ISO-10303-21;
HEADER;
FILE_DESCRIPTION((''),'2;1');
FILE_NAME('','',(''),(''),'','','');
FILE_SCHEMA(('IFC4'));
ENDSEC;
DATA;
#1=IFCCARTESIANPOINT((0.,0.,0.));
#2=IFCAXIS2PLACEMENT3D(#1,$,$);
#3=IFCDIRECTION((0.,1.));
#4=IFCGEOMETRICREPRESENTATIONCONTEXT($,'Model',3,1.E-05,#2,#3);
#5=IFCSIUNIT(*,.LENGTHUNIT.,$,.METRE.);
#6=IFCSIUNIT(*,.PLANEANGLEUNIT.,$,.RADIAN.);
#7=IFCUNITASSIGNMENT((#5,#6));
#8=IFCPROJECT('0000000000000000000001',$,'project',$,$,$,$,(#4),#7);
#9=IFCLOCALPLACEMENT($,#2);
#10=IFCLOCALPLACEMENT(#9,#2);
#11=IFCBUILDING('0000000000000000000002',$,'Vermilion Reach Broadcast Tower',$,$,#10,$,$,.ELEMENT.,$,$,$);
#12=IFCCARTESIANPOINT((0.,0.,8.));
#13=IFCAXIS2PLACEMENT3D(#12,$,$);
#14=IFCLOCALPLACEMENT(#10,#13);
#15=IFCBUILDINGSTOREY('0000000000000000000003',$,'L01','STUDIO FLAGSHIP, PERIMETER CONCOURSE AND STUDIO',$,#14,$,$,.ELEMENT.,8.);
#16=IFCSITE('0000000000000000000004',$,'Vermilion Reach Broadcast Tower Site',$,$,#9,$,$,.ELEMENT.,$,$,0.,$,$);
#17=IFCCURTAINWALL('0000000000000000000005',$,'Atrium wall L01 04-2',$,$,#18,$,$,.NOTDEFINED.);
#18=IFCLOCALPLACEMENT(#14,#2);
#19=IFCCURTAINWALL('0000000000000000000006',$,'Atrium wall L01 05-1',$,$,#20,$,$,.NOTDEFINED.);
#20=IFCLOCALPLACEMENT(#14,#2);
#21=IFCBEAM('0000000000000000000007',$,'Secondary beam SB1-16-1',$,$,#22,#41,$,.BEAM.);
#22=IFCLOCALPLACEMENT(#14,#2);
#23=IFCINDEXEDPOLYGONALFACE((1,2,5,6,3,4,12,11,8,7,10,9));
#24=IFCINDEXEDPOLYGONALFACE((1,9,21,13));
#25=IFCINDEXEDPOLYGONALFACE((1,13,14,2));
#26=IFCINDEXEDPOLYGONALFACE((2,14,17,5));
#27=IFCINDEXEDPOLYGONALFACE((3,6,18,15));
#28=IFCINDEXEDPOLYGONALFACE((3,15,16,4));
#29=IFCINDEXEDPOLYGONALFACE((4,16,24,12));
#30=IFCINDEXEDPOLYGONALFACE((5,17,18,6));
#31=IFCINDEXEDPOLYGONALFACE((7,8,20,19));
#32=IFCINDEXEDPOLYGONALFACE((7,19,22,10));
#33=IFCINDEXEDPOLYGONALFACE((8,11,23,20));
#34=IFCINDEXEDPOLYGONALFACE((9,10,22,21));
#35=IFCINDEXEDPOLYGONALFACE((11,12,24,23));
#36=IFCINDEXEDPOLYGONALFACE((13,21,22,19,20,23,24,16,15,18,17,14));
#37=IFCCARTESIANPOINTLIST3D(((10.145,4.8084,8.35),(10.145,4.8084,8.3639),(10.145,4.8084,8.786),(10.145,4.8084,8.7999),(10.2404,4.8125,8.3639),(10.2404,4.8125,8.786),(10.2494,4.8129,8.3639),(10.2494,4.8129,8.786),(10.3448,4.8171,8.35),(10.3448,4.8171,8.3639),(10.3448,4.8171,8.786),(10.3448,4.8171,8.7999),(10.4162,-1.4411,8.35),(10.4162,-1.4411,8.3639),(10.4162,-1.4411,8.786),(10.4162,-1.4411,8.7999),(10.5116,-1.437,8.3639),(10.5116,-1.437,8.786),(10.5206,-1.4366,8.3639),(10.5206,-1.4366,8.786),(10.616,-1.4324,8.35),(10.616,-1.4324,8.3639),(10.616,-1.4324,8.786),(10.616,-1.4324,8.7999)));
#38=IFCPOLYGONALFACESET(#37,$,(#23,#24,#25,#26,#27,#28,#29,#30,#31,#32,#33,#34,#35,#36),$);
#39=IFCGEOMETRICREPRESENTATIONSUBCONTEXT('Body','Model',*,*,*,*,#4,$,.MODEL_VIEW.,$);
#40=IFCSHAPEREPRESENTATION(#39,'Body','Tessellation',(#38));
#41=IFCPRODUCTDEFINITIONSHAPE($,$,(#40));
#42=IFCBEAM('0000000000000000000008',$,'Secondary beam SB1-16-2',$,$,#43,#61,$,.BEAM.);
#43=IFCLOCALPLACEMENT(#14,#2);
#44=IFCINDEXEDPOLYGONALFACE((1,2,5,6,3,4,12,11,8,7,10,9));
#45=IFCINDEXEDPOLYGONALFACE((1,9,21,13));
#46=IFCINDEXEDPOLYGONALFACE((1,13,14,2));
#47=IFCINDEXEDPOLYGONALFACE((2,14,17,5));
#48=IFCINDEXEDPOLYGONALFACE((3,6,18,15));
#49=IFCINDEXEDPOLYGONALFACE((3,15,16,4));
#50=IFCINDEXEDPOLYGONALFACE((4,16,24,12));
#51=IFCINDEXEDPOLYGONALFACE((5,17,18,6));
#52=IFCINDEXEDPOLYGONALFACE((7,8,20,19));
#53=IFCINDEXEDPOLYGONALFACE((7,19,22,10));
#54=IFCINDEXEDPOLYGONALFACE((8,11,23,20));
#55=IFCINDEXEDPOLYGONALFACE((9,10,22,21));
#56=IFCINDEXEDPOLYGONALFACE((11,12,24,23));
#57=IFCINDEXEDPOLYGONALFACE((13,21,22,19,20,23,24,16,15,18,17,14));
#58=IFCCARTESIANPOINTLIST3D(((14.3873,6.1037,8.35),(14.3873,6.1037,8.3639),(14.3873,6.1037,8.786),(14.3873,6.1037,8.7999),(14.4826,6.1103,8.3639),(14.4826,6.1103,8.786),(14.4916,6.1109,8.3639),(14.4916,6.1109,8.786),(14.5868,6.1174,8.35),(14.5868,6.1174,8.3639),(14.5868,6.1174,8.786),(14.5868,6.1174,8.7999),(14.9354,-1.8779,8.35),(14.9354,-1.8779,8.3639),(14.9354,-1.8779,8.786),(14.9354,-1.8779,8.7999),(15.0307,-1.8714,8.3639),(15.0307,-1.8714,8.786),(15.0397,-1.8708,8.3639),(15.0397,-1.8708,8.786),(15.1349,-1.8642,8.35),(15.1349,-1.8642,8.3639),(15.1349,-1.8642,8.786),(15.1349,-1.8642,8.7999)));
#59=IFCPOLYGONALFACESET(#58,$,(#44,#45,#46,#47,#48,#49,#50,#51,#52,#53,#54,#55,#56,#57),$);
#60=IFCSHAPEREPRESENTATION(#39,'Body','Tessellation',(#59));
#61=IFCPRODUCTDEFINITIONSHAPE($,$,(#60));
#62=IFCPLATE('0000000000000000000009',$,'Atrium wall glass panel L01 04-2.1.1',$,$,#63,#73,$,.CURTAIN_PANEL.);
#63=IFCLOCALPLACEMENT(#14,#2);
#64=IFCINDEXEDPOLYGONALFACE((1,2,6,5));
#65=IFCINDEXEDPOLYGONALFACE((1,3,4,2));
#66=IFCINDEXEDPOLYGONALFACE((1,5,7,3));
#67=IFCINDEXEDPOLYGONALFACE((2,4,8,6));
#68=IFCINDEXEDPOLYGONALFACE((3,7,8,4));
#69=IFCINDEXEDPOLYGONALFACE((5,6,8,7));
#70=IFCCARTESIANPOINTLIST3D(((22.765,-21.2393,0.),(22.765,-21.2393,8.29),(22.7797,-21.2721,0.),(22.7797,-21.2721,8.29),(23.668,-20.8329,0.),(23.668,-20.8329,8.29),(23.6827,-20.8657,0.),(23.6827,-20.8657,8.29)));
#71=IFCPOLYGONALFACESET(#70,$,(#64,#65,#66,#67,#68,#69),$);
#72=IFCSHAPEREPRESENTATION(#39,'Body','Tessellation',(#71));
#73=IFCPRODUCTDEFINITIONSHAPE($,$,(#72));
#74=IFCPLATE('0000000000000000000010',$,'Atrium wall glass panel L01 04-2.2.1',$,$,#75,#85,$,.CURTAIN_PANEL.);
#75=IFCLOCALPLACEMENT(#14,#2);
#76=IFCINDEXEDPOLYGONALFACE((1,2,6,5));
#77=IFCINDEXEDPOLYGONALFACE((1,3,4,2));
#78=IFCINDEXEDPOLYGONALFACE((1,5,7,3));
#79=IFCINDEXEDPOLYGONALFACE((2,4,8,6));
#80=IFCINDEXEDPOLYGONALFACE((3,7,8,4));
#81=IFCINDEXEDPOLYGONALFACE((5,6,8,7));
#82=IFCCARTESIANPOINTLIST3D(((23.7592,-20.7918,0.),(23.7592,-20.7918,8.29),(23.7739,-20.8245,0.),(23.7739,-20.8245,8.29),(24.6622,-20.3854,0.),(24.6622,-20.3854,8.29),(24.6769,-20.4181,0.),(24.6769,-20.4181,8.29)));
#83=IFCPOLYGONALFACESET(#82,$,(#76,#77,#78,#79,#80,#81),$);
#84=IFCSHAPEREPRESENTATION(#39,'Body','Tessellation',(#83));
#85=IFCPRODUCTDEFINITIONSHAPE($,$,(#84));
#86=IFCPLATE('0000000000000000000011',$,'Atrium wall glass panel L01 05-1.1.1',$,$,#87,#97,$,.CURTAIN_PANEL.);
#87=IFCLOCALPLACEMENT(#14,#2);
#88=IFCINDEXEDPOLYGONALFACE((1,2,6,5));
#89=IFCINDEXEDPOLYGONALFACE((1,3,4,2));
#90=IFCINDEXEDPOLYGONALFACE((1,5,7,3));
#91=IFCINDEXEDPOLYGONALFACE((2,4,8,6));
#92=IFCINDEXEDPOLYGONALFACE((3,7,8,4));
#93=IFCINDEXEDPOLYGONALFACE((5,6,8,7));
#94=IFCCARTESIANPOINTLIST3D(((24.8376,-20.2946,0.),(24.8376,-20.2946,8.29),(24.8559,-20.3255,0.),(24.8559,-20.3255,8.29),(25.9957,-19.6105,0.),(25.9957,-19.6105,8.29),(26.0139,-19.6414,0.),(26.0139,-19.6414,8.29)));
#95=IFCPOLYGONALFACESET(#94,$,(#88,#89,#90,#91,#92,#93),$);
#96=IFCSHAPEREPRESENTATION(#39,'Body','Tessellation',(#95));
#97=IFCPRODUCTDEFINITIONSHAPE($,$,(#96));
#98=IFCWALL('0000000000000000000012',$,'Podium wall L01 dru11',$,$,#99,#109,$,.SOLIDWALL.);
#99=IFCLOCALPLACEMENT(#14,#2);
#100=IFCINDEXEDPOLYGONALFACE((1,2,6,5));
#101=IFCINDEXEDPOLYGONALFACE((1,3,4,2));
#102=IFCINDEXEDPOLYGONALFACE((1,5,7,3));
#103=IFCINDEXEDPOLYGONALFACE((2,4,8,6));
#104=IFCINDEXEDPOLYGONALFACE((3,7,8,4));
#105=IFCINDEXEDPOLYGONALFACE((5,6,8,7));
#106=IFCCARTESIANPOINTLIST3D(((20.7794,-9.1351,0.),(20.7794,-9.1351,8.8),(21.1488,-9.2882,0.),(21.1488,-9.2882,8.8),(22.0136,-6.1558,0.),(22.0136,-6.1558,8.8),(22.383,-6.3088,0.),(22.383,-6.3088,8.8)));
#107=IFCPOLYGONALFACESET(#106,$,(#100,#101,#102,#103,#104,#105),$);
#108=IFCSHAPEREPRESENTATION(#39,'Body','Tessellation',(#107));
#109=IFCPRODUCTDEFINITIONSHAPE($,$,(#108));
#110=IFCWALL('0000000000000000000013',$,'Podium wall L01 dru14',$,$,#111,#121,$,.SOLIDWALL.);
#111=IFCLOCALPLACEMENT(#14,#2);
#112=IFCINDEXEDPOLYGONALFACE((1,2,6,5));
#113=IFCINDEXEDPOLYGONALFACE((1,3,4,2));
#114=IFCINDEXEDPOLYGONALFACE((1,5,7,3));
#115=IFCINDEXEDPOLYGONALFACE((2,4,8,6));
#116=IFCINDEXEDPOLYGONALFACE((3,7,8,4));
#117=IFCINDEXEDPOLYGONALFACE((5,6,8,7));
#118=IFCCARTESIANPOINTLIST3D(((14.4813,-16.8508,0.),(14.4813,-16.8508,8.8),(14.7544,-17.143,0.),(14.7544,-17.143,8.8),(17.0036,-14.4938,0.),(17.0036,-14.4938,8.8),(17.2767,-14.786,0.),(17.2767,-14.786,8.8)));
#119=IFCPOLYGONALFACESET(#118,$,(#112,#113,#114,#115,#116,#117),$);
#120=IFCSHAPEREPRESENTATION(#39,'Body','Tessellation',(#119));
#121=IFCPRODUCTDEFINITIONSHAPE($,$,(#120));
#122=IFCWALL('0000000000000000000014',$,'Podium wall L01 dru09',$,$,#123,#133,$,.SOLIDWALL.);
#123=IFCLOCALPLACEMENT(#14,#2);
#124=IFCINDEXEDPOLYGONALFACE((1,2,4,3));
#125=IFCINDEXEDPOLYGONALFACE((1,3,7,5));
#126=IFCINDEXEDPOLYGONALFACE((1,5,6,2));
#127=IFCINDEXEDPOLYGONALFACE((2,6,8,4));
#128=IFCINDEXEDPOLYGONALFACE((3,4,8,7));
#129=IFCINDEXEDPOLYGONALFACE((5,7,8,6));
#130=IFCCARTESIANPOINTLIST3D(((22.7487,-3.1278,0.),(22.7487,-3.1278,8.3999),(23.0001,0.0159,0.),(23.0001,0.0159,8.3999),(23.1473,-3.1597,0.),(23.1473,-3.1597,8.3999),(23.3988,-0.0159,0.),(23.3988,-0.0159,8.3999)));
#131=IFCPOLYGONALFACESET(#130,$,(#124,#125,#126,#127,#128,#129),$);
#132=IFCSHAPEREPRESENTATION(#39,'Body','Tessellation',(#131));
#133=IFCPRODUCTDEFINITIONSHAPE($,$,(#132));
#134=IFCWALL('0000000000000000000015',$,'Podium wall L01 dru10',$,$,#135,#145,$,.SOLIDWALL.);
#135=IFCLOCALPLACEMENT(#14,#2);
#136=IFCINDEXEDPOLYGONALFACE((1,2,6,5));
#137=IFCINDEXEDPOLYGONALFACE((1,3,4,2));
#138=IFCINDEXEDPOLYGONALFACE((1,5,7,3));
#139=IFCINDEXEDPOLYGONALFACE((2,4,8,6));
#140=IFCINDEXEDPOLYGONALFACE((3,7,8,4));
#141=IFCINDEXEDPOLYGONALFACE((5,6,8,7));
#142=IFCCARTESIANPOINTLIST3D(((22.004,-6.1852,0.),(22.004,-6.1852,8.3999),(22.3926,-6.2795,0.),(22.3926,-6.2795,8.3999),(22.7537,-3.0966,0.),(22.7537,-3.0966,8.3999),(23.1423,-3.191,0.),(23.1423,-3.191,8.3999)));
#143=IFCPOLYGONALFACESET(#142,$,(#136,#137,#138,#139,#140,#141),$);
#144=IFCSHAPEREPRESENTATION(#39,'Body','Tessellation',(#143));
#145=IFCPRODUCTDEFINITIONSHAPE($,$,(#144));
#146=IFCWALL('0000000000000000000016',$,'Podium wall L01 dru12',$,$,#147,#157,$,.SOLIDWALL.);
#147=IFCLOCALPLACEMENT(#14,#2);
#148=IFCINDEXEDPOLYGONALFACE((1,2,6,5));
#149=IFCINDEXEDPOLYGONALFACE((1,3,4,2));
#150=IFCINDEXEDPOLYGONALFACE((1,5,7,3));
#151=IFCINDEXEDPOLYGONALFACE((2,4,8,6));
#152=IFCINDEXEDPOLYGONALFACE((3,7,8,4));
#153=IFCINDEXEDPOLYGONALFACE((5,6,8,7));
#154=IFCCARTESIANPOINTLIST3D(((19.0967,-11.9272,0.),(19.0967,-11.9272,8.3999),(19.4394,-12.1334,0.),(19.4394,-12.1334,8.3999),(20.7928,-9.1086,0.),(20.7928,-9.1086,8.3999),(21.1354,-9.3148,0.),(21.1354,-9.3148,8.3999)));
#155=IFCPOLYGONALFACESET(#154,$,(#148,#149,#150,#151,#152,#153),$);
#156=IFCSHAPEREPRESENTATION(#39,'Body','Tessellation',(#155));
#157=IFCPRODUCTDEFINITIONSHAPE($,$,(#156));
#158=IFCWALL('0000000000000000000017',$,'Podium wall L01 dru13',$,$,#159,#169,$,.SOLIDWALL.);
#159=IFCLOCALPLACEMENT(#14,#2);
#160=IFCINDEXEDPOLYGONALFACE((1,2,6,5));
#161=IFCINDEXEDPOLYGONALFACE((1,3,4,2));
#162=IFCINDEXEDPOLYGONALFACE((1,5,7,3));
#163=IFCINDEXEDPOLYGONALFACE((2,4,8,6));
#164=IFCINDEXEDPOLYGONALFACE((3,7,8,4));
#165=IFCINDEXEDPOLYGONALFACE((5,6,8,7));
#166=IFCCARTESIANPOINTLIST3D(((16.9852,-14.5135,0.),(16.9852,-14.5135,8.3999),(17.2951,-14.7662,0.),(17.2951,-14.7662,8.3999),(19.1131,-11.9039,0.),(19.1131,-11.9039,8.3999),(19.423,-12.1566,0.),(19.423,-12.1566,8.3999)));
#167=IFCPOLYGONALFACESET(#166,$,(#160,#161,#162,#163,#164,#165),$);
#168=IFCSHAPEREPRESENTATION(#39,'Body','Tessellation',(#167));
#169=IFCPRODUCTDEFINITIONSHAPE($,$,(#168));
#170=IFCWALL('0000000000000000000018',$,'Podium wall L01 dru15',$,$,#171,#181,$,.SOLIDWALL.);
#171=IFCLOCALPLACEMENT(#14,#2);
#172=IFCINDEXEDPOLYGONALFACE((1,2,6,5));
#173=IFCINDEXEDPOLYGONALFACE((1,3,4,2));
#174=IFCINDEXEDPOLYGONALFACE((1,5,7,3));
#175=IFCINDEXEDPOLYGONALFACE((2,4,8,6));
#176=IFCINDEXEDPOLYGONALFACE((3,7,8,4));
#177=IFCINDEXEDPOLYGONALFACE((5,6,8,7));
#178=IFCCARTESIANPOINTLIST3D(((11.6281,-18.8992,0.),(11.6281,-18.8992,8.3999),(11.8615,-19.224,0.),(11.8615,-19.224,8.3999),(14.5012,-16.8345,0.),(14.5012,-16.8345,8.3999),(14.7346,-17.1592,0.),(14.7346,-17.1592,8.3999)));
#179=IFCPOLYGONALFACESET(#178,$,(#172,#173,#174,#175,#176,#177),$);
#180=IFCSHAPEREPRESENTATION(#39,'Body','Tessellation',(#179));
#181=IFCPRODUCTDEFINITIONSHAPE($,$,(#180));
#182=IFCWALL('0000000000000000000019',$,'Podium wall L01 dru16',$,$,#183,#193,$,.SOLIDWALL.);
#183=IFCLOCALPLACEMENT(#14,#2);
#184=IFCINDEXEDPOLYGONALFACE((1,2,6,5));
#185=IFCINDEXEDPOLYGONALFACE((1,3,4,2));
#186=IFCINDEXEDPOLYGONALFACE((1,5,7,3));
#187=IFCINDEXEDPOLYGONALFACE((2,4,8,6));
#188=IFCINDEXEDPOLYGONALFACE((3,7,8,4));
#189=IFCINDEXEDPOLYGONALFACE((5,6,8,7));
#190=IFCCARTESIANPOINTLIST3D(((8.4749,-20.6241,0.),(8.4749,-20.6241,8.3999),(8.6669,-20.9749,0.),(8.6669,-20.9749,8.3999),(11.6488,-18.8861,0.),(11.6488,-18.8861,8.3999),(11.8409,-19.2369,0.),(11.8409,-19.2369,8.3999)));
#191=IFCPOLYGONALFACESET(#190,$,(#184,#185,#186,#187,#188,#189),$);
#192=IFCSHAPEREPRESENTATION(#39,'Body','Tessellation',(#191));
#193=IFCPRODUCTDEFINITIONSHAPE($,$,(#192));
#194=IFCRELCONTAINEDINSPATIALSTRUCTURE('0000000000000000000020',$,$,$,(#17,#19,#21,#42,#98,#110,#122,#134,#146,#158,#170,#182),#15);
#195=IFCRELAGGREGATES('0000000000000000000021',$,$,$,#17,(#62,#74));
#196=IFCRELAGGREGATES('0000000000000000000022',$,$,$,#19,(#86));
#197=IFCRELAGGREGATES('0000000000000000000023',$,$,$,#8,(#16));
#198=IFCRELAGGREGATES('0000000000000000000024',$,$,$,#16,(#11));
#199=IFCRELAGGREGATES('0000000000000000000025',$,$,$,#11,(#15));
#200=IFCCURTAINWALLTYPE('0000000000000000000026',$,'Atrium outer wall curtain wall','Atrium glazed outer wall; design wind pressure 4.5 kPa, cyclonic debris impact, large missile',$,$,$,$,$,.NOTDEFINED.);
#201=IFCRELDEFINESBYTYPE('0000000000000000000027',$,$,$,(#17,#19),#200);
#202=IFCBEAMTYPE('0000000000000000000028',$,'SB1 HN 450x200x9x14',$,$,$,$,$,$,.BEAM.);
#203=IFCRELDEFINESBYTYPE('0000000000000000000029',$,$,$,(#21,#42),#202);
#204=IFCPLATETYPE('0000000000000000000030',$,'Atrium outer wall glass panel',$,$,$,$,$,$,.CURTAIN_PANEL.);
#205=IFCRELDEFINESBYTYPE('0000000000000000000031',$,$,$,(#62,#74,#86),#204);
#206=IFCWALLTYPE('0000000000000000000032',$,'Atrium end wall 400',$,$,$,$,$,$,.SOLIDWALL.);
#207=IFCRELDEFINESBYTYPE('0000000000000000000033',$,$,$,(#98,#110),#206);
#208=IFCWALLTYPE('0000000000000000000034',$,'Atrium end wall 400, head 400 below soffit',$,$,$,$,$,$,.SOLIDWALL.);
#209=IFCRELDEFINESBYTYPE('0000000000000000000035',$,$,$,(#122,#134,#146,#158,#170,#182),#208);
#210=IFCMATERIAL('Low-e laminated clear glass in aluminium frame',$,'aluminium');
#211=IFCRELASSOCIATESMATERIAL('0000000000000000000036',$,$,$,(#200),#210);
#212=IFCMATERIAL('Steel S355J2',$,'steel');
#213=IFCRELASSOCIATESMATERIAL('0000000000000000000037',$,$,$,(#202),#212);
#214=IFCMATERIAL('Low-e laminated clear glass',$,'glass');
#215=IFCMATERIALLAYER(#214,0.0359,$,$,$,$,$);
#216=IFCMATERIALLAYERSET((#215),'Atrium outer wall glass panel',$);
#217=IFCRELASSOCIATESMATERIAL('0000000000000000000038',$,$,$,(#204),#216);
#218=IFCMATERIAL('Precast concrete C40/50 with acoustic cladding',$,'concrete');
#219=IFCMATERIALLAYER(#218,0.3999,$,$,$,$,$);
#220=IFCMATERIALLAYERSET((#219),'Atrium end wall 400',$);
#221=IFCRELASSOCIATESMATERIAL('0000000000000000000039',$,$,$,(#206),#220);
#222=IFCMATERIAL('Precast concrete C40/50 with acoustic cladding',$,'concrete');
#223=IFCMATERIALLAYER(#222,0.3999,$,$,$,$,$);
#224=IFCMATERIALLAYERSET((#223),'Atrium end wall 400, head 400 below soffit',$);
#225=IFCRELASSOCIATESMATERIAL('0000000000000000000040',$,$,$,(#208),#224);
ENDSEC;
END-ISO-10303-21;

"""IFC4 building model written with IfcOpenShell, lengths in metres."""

from ifc_helpers import new_model, si_unit, direction, frame, frame_2d, origin, origin_2d, place, context, subcontext, project, spatial, rectangle, i_section, extrude, material, layer, layer_set, material_profile, profile_set, type_object, element, aggregate, save


model = new_model("IFC4")

# Units and contexts
model_context = context("Model", 3, precision=1e-05, world=origin(), true_north=direction((0.0, 1.0)))
body_context = subcontext(model_context, "Body", "Model", "MODEL_VIEW")
ifc_project = project(units=[si_unit("LENGTHUNIT", "METRE"), si_unit("PLANEANGLEUNIT", "RADIAN")], contexts=[model_context])

# Site, building, storey
site_placement = place(None, origin())
site = spatial("IfcSite", under=ifc_project, at=site_placement, Name="Vermilion Reach Broadcast Tower Site", CompositionType="ELEMENT", RefElevation=0.0)
building_placement = place(site_placement, origin())
building = spatial("IfcBuilding", under=site, at=building_placement, Name="Vermilion Reach Broadcast Tower", CompositionType="ELEMENT")
storey_placement = place(building_placement, frame((0.0, 0.0, 8.0)))
storey = spatial("IfcBuildingStorey", under=building, at=storey_placement, Name="L01", Description="STUDIO FLAGSHIP, PERIMETER CONCOURSE AND STUDIO", CompositionType="ELEMENT", Elevation=8.0)

# Curtain walls
ifc_material_1 = material(Name="Low-e laminated clear glass in aluminium frame", Category="aluminium")
curtain_wall_type = type_object("IfcCurtainWallType", Name="Atrium outer wall curtain wall", Description="Atrium glazed outer wall; design wind pressure 4.5 kPa, cyclonic debris impact, large missile", PredefinedType="NOTDEFINED", material=ifc_material_1)
placement = place(storey_placement, origin())
curtain_wall_1 = element("IfcCurtainWall", 1, at=placement, inside=storey, type_object=curtain_wall_type, Name="Atrium wall L01 04-2", PredefinedType="NOTDEFINED")
curtain_wall_2 = element("IfcCurtainWall", 2, at=placement, inside=storey, type_object=curtain_wall_type, Name="Atrium wall L01 05-1", PredefinedType="NOTDEFINED")

# Beams
ifc_material_2 = material(Name="Steel S355J2", Category="steel")
ifc_material_profile_1 = material_profile(ifc_material_2, i_section(OverallWidth=0.2, OverallDepth=0.45, WebThickness=0.009, FlangeThickness=0.0139, at=origin_2d()), Name="S355J2 HN 450x200x9x14")
ifc_profile_set_1 = profile_set([ifc_material_profile_1], Name="Steel S355J2")
beam_type_1 = type_object("IfcBeamType", Name="SB1 HN 450x200x9x14", PredefinedType="BEAM", material=ifc_profile_set_1)
beam_1_placement = place(storey_placement, frame((10.5161, -1.4368, 8.575), z_axis=(-0.043361, 0.999059, 0.0), x_axis=(-0.999059, -0.043361, 0.0)))
element("IfcBeam", 3, at=beam_1_placement, inside=storey, type_object=beam_type_1, Name="Secondary beam SB1-16-1", PredefinedType="BEAM", context=body_context, shape_type="SweptSolid", body=[
    extrude(i_section(OverallWidth=0.2, OverallDepth=0.45, WebThickness=0.009, FlangeThickness=0.0139, at=origin_2d()), origin(), (0.0, 0.0, 1.0), 6.2554),
])
beam_2_placement = place(storey_placement, frame((15.0352, -1.8711, 8.575), z_axis=(-0.068508, 0.997651, 0.0), x_axis=(-0.997651, -0.068508, 0.0)))
element("IfcBeam", 4, at=beam_2_placement, inside=storey, type_object=beam_type_1, Name="Secondary beam SB1-16-2", PredefinedType="BEAM", context=body_context, shape_type="SweptSolid", body=[
    extrude(i_section(OverallWidth=0.2, OverallDepth=0.45, WebThickness=0.009, FlangeThickness=0.0139, at=origin_2d()), origin(), (0.0, 0.0, 1.0), 8.0005),
])

# Plates
ifc_material_3 = material(Name="Low-e laminated clear glass", Category="glass")
ifc_layer_1 = layer(ifc_material_3, 0.0359)
ifc_layer_set_1 = layer_set([ifc_layer_1], Name="Atrium outer wall glass panel")
plate_type = type_object("IfcPlateType", Name="Atrium outer wall glass panel", PredefinedType="CURTAIN_PANEL", material=ifc_layer_set_1)
plate_1_placement = place(storey_placement, frame((23.2239, -21.0525, 0.0), z_axis=(0.0, 0.0, 1.0), x_axis=(0.911902, 0.410408, 0.0)))
plate_1 = element("IfcPlate", 5, at=plate_1_placement, type_object=plate_type, Name="Atrium wall glass panel L01 04-2.1.1", PredefinedType="CURTAIN_PANEL", context=body_context, shape_type="SweptSolid", body=[
    extrude(rectangle(XDim=0.9902, YDim=0.0359, at=origin_2d()), origin(), (0.0, 0.0, 1.0), 8.29),
])
plate_2_placement = place(storey_placement, frame((24.218, -20.605, 0.0), z_axis=(0.0, 0.0, 1.0), x_axis=(0.911902, 0.410408, 0.0)))
plate_2 = element("IfcPlate", 6, at=plate_2_placement, type_object=plate_type, Name="Atrium wall glass panel L01 04-2.2.1", PredefinedType="CURTAIN_PANEL", context=body_context, shape_type="SweptSolid", body=[
    extrude(rectangle(XDim=0.9902, YDim=0.0359, at=origin_2d()), origin(), (0.0, 0.0, 1.0), 8.29),
])
aggregate(curtain_wall_1, [plate_1, plate_2])
plate_3_placement = place(storey_placement, frame((25.4258, -19.968, 0.0), z_axis=(0.0, 0.0, 1.0), x_axis=(0.861009, 0.50859, 0.0)))
plate_3 = element("IfcPlate", 7, at=plate_3_placement, type_object=plate_type, Name="Atrium wall glass panel L01 05-1.1.1", PredefinedType="CURTAIN_PANEL", context=body_context, shape_type="SweptSolid", body=[
    extrude(rectangle(XDim=1.345, YDim=0.0359, at=origin_2d()), origin(), (0.0, 0.0, 1.0), 8.29),
])
aggregate(curtain_wall_2, [plate_3])

# Walls
ifc_material_4 = material(Name="Precast concrete C40/50 with acoustic cladding", Category="concrete")
ifc_layer_2 = layer(ifc_material_4, 0.3999)
ifc_layer_set_2 = layer_set([ifc_layer_2], Name="Atrium end wall 400")
wall_type_1 = type_object("IfcWallType", Name="Atrium end wall 400", PredefinedType="SOLIDWALL", material=ifc_layer_set_2)
wall_1_placement = place(storey_placement, frame((22.1982, -6.2324, 0.0), z_axis=(0.0, 0.0, 1.0), x_axis=(-0.382706, -0.92387, 0.0)))
element("IfcWall", 8, at=wall_1_placement, inside=storey, type_object=wall_type_1, Name="Podium wall L01 dru11", PredefinedType="SOLIDWALL", context=body_context, shape_type="SweptSolid", body=[
    extrude(rectangle(XDim=3.2249, YDim=0.3999, at=frame_2d((1.6123, 0.0))), origin(), (0.0, 0.0, 1.0), 8.8),
])
wall_2_placement = place(storey_placement, frame((17.1401, -14.6399, 0.0), z_axis=(0.0, 0.0, 1.0), x_axis=(-0.730641, -0.682762, 0.0)))
element("IfcWall", 9, at=wall_2_placement, inside=storey, type_object=wall_type_1, Name="Podium wall L01 dru14", PredefinedType="SOLIDWALL", context=body_context, shape_type="SweptSolid", body=[
    extrude(rectangle(XDim=3.4521, YDim=0.3999, at=frame_2d((1.7261, 0.0))), origin(), (0.0, 0.0, 1.0), 8.8),
])
ifc_material_5 = material(Name="Precast concrete C40/50 with acoustic cladding", Category="concrete")
ifc_layer_3 = layer(ifc_material_5, 0.3999)
ifc_layer_set_3 = layer_set([ifc_layer_3], Name="Atrium end wall 400, head 400 below soffit")
wall_type_2 = type_object("IfcWallType", Name="Atrium end wall 400, head 400 below soffit", PredefinedType="SOLIDWALL", material=ifc_layer_set_3)
wall_3_placement = place(storey_placement, frame((23.1995, 0.0, 0.0), z_axis=(0.0, 0.0, 1.0), x_axis=(-0.079733, -0.996816, 0.0)))
element("IfcWall", 10, at=wall_3_placement, inside=storey, type_object=wall_type_2, Name="Podium wall L01 dru09", PredefinedType="SOLIDWALL", context=body_context, shape_type="SweptSolid", body=[
    extrude(rectangle(XDim=3.1538, YDim=0.3999, at=frame_2d((1.5769, 0.0))), origin(), (0.0, 0.0, 1.0), 8.3999),
])
wall_4_placement = place(storey_placement, frame((22.948, -3.1438, 0.0), z_axis=(0.0, 0.0, 1.0), x_axis=(-0.235897, -0.971778, 0.0)))
element("IfcWall", 11, at=wall_4_placement, inside=storey, type_object=wall_type_2, Name="Podium wall L01 dru10", PredefinedType="SOLIDWALL", context=body_context, shape_type="SweptSolid", body=[
    extrude(rectangle(XDim=3.1782, YDim=0.3999, at=frame_2d((1.5891, 0.0))), origin(), (0.0, 0.0, 1.0), 8.3999),
])
wall_5_placement = place(storey_placement, frame((20.9641, -9.2117, 0.0), z_axis=(0.0, 0.0, 1.0), x_axis=(-0.515587, -0.856837, 0.0)))
element("IfcWall", 12, at=wall_5_placement, inside=storey, type_object=wall_type_2, Name="Podium wall L01 dru12", PredefinedType="SOLIDWALL", context=body_context, shape_type="SweptSolid", body=[
    extrude(rectangle(XDim=3.2896, YDim=0.3999, at=frame_2d((1.6448, 0.0))), origin(), (0.0, 0.0, 1.0), 8.3999),
])
wall_6_placement = place(storey_placement, frame((19.2681, -12.0303, 0.0), z_axis=(0.0, 0.0, 1.0), x_axis=(-0.631954, -0.775006, 0.0)))
element("IfcWall", 13, at=wall_6_placement, inside=storey, type_object=wall_type_2, Name="Podium wall L01 dru13", PredefinedType="SOLIDWALL", context=body_context, shape_type="SweptSolid", body=[
    extrude(rectangle(XDim=3.3672, YDim=0.3999, at=frame_2d((1.6836, 0.0))), origin(), (0.0, 0.0, 1.0), 8.3999),
])
wall_7_placement = place(storey_placement, frame((14.6179, -16.9968, 0.0), z_axis=(0.0, 0.0, 1.0), x_axis=(-0.812056, -0.583579, 0.0)))
element("IfcWall", 14, at=wall_7_placement, inside=storey, type_object=wall_type_2, Name="Podium wall L01 dru15", PredefinedType="SOLIDWALL", context=body_context, shape_type="SweptSolid", body=[
    extrude(rectangle(XDim=3.5381, YDim=0.3999, at=frame_2d((1.769, 0.0))), origin(), (0.0, 0.0, 1.0), 8.3999),
])
wall_8_placement = place(storey_placement, frame((11.7449, -19.0615, 0.0), z_axis=(0.0, 0.0, 1.0), x_axis=(-0.877113, -0.480284, 0.0)))
element("IfcWall", 15, at=wall_8_placement, inside=storey, type_object=wall_type_2, Name="Podium wall L01 dru16", PredefinedType="SOLIDWALL", context=body_context, shape_type="SweptSolid", body=[
    extrude(rectangle(XDim=3.6187, YDim=0.3999, at=frame_2d((1.8093, 0.0))), origin(), (0.0, 0.0, 1.0), 8.3999),
])

save(model, "model.ifc")
